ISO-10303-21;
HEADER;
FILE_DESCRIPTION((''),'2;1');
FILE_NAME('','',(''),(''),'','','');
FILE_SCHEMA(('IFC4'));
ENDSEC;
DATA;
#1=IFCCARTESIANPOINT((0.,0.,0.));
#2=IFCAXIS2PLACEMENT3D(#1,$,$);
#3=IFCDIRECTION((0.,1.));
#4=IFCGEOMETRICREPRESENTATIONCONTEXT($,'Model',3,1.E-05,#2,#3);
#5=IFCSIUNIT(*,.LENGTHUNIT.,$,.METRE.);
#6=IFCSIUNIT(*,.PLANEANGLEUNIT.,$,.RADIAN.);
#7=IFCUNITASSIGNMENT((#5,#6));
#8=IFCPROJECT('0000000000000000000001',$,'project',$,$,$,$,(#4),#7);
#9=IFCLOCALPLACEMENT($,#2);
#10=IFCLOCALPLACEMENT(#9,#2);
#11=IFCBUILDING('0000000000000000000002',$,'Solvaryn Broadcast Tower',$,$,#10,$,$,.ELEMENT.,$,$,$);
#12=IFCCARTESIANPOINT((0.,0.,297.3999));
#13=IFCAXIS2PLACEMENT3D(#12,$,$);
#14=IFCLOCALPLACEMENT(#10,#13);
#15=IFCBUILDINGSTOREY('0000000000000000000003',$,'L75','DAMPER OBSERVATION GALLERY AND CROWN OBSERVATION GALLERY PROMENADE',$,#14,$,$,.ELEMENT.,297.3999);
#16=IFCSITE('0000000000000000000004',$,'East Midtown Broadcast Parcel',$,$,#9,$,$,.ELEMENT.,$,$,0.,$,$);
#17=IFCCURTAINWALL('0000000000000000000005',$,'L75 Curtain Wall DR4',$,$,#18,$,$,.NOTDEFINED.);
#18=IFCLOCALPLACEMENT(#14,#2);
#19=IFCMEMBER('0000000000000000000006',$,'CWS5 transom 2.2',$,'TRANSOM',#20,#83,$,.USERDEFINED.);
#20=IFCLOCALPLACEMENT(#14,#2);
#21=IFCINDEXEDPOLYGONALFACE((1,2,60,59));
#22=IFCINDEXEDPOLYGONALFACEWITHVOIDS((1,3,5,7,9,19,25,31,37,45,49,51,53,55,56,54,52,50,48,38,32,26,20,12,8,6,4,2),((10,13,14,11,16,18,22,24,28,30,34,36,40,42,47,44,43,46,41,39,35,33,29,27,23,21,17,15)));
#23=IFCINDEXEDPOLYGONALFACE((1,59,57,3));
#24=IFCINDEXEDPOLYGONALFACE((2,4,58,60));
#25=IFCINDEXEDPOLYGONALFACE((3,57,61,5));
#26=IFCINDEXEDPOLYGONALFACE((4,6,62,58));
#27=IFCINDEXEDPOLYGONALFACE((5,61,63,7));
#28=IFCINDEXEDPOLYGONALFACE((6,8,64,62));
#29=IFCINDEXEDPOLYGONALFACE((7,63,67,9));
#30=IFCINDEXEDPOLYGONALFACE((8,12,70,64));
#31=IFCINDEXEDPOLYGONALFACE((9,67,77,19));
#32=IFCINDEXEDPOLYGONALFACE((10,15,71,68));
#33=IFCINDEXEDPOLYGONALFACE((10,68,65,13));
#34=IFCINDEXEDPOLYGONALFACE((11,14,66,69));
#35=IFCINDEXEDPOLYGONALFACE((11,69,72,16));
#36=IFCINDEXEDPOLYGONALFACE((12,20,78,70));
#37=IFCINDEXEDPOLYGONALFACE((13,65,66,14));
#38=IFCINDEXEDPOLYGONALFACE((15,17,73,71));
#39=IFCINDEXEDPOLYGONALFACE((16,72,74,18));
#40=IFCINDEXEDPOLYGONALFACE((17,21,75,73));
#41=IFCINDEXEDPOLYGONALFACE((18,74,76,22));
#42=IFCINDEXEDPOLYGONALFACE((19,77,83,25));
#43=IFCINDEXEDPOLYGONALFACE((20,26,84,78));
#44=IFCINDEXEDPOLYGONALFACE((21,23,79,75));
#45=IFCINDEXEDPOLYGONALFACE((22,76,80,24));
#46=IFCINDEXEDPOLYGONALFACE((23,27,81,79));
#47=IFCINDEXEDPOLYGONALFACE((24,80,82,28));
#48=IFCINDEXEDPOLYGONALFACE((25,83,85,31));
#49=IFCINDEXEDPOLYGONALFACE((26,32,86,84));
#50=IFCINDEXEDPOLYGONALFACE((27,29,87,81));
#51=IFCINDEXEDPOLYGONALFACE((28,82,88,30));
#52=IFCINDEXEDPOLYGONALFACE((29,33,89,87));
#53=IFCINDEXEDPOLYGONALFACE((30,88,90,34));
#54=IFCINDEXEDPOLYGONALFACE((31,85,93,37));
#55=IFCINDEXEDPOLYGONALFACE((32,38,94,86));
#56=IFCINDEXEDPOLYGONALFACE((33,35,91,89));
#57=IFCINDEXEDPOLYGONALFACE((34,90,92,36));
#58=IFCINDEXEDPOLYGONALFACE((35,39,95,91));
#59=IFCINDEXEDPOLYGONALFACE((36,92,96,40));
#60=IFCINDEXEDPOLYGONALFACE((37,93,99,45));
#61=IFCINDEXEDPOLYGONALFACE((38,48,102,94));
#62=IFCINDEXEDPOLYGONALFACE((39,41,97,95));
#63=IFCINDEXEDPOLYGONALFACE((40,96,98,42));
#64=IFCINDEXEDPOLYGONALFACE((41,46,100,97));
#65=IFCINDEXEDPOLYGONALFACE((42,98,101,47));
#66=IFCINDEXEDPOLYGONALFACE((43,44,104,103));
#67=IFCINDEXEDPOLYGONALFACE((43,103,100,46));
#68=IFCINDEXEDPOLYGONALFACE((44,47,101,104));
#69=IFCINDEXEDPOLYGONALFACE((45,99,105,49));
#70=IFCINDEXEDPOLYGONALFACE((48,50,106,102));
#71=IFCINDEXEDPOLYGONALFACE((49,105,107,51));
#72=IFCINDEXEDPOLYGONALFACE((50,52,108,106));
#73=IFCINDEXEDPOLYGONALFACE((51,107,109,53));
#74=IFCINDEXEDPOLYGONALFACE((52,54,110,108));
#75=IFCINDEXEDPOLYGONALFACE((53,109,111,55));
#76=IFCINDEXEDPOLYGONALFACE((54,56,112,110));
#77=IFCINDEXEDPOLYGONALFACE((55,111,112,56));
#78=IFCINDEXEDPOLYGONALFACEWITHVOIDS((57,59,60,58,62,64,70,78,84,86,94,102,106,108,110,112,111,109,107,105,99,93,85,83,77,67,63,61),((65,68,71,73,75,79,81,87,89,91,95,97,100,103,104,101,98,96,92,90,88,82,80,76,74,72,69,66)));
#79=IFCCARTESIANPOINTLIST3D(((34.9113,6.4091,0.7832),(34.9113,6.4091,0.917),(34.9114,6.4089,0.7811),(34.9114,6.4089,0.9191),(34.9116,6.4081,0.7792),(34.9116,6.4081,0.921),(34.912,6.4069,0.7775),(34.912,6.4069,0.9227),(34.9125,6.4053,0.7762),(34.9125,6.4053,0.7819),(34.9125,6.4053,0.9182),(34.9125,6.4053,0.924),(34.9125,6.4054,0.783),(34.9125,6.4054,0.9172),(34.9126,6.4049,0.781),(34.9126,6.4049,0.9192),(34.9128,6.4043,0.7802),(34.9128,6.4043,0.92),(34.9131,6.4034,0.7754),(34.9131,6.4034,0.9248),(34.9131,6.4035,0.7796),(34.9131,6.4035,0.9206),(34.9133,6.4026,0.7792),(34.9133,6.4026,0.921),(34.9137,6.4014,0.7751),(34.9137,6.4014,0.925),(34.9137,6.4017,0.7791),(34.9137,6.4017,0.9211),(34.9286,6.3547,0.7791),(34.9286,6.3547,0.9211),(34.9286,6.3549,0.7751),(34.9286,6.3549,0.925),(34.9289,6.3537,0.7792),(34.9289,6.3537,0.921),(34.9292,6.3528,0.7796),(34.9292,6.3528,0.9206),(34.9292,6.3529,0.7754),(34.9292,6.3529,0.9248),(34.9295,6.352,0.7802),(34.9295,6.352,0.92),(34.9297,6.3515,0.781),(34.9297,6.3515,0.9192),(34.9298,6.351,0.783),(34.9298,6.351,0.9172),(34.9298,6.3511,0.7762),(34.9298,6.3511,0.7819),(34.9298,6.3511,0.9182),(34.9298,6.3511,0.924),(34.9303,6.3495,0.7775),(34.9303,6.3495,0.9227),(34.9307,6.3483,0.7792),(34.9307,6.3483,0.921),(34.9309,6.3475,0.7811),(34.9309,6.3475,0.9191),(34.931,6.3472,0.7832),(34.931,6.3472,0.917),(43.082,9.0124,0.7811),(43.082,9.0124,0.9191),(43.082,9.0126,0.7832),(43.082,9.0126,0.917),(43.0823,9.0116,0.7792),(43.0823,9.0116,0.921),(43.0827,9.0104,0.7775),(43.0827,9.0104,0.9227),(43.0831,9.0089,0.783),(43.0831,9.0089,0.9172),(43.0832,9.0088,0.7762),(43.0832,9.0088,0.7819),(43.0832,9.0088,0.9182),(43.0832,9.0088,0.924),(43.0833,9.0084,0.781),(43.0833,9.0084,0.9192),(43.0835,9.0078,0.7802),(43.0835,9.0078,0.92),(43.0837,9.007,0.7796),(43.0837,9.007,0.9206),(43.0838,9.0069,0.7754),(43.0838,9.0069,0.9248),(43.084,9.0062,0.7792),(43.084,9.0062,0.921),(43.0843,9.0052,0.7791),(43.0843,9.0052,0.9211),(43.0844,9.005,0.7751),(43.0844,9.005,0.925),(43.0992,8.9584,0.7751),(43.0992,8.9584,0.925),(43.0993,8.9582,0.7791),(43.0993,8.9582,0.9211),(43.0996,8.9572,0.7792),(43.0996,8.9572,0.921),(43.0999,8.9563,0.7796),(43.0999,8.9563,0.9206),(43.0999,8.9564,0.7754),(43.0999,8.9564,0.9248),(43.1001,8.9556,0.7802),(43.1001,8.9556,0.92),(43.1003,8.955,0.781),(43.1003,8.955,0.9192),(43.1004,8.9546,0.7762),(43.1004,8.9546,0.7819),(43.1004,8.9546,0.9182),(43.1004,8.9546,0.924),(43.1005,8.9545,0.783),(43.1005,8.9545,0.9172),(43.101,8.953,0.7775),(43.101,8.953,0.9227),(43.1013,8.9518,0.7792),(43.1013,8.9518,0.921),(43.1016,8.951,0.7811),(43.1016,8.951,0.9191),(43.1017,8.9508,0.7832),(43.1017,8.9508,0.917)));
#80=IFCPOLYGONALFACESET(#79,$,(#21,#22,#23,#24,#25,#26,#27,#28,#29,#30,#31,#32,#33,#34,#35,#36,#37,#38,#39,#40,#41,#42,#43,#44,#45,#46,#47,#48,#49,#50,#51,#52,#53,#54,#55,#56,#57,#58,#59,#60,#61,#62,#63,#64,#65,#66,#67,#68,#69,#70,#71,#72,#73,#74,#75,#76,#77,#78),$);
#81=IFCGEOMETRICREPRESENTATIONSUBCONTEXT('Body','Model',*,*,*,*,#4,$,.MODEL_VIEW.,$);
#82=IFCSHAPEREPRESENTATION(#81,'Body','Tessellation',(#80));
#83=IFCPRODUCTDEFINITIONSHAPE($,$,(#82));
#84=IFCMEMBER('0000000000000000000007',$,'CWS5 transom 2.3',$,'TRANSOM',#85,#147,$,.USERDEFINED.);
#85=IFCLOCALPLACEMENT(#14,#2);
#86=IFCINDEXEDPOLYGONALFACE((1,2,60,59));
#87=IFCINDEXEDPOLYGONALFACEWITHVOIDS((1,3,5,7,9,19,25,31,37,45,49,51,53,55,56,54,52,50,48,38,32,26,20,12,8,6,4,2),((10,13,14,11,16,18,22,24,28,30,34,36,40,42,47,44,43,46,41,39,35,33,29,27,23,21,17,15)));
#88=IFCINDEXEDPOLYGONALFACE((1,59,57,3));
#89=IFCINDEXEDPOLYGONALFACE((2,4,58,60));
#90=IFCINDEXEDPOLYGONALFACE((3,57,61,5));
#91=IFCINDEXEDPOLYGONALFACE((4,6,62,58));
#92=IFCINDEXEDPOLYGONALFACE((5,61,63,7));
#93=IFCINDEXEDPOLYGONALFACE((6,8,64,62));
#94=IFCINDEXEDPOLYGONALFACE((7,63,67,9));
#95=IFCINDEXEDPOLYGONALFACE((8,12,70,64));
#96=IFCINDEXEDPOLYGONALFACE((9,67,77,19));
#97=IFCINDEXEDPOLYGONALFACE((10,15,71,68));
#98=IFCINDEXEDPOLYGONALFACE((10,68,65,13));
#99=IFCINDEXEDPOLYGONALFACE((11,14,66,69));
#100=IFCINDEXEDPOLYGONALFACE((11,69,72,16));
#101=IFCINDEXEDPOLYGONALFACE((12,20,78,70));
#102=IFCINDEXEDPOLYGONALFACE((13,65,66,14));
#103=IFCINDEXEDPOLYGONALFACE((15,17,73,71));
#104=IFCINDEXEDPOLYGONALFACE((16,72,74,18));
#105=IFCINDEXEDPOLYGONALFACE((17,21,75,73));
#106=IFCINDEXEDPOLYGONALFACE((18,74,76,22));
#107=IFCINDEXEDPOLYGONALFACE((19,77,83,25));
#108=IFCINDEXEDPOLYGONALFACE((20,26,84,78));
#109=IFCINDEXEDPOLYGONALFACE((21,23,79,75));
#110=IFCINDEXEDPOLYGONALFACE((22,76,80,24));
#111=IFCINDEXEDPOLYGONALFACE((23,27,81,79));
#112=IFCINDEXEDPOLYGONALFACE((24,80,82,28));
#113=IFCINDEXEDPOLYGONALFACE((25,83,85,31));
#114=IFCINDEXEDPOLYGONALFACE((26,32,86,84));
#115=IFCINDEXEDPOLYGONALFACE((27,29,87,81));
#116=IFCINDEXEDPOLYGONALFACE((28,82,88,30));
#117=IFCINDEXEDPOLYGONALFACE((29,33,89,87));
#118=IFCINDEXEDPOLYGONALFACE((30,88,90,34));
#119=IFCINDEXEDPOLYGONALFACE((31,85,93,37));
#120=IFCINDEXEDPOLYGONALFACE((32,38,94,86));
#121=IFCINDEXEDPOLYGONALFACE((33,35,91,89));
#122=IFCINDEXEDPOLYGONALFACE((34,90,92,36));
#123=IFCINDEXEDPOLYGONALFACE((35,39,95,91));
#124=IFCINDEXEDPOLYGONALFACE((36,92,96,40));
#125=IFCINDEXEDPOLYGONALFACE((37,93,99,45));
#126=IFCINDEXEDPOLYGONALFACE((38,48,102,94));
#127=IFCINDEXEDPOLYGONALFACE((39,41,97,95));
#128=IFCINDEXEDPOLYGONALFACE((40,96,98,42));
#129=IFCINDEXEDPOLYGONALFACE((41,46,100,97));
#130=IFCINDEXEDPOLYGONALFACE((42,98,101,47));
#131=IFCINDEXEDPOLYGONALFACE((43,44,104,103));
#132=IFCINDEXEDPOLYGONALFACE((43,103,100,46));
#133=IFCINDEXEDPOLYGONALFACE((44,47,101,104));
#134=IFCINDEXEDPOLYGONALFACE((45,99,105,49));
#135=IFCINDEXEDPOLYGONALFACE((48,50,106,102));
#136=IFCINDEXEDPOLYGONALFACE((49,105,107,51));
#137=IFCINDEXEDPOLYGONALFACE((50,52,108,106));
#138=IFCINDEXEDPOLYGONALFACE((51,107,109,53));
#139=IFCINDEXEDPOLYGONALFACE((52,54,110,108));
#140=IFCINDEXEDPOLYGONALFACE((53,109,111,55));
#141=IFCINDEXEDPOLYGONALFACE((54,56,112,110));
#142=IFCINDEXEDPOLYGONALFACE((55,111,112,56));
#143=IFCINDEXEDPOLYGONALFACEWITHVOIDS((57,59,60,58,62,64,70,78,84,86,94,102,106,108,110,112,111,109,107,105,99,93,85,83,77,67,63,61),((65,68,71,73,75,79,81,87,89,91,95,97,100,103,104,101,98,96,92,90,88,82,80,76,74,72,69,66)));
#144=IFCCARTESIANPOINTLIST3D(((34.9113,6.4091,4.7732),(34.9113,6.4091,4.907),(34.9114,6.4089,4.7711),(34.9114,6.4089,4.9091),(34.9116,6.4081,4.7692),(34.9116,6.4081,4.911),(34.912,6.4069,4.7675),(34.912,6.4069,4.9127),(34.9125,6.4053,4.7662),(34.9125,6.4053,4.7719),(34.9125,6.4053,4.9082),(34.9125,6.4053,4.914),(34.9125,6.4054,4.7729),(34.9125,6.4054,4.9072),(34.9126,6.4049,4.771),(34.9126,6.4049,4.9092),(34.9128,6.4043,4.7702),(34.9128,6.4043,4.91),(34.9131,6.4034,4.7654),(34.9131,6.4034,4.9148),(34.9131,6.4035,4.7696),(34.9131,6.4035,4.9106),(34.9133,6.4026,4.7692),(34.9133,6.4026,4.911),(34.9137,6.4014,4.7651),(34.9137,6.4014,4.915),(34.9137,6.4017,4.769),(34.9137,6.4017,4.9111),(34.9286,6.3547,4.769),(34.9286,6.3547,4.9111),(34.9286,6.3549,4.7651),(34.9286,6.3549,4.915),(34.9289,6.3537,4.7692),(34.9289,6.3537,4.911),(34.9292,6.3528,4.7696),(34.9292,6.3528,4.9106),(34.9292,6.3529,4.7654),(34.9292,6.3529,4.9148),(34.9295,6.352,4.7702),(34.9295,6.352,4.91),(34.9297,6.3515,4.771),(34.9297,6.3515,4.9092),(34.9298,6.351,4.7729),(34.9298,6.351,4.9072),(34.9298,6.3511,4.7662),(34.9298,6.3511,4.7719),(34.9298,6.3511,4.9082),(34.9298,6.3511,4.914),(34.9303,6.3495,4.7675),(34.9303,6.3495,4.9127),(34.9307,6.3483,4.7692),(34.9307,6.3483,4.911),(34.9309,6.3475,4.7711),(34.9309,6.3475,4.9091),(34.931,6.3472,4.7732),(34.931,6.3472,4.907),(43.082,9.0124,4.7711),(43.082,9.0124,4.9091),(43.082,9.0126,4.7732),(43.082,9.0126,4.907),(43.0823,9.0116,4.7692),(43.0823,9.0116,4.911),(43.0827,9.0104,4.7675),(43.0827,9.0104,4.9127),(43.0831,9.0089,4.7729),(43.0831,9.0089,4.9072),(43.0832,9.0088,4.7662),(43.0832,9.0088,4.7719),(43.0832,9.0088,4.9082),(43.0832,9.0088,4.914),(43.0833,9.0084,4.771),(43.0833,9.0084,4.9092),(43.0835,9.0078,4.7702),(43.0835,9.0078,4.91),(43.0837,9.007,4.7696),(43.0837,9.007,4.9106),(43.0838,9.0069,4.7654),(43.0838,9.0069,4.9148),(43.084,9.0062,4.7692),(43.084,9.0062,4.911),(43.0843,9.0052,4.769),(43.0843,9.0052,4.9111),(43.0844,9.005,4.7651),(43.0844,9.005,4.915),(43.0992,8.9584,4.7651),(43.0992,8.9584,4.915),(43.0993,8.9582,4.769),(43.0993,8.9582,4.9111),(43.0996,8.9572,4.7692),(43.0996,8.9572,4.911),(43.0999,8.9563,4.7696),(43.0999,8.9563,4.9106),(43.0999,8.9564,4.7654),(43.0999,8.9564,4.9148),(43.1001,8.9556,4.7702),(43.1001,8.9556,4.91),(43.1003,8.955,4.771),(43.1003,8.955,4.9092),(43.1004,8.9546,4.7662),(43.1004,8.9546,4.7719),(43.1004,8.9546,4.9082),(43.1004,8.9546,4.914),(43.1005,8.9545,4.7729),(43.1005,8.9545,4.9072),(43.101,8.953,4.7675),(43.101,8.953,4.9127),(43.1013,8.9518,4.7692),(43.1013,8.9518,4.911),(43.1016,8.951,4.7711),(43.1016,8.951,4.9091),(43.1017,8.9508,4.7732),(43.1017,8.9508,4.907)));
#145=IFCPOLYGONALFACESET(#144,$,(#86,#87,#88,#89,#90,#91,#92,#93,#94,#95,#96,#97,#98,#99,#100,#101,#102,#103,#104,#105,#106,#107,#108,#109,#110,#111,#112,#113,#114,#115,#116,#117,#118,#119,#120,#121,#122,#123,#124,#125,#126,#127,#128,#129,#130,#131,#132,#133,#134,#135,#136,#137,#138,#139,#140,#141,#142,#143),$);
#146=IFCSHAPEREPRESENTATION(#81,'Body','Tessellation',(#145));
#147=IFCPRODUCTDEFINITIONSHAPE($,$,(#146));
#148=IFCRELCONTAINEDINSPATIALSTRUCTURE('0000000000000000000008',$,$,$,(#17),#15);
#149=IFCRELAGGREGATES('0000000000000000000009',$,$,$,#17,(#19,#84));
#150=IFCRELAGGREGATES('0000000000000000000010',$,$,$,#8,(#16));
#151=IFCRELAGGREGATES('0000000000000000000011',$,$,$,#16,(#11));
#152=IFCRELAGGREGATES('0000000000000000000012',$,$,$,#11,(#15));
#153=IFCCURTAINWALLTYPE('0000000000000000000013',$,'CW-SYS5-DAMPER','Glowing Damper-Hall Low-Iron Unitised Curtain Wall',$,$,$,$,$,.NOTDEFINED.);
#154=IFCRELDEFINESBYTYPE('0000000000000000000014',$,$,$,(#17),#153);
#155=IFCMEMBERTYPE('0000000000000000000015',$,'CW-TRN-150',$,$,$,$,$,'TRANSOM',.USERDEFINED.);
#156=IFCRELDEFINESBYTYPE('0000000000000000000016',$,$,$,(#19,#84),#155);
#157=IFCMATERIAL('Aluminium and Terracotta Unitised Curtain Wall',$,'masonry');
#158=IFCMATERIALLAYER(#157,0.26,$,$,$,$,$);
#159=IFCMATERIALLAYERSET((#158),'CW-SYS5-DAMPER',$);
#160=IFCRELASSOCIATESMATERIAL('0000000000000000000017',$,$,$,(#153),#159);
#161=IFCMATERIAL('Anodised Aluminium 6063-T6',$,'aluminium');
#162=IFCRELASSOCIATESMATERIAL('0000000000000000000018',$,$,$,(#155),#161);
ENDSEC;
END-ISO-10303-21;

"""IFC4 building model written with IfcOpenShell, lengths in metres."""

from ifc_helpers import new_model, si_unit, direction, frame, origin, origin_2d, place, context, subcontext, project, spatial, hollow_rectangle, extrude, material, layer, layer_set, material_profile, profile_set, type_object, element, aggregate, save


model = new_model("IFC4")

# Units and contexts
model_context = context("Model", 3, precision=1e-05, world=origin(), true_north=direction((0.0, 1.0)))
body_context = subcontext(model_context, "Body", "Model", "MODEL_VIEW")
ifc_project = project(units=[si_unit("LENGTHUNIT", "METRE"), si_unit("PLANEANGLEUNIT", "RADIAN")], contexts=[model_context])

# Site, building, storey
site_placement = place(None, origin())
site = spatial("IfcSite", under=ifc_project, at=site_placement, Name="East Midtown Broadcast Parcel", CompositionType="ELEMENT", RefElevation=0.0)
building_placement = place(site_placement, origin())
building = spatial("IfcBuilding", under=site, at=building_placement, Name="Solvaryn Broadcast Tower", CompositionType="ELEMENT")
storey_placement = place(building_placement, frame((0.0, 0.0, 297.3999)))
storey = spatial("IfcBuildingStorey", under=building, at=storey_placement, Name="L75", Description="DAMPER OBSERVATION GALLERY AND CROWN OBSERVATION GALLERY PROMENADE", CompositionType="ELEMENT", Elevation=297.3999)

# Curtain wall
ifc_material_1 = material(Name="Aluminium and Terracotta Unitised Curtain Wall", Category="masonry")
ifc_layer_1 = layer(ifc_material_1, 0.26)
ifc_layer_set_1 = layer_set([ifc_layer_1], Name="CW-SYS5-DAMPER")
curtain_wall_type = type_object("IfcCurtainWallType", Name="CW-SYS5-DAMPER", Description="Glowing Damper-Hall Low-Iron Unitised Curtain Wall", PredefinedType="NOTDEFINED", material=ifc_layer_set_1)
curtain_wall_1_placement = place(storey_placement, origin())
curtain_wall_1 = element("IfcCurtainWall", 1, at=curtain_wall_1_placement, inside=storey, type_object=curtain_wall_type, Name="L75 Curtain Wall DR4", PredefinedType="NOTDEFINED")

# Members
ifc_material_2 = material(Name="Anodised Aluminium 6063-T6", Category="aluminium")
ifc_material_profile_1 = material_profile(ifc_material_2, hollow_rectangle(XDim=0.0649, YDim=0.1499, WallThickness=0.0039, InnerFilletRadius=0.0039, OuterFilletRadius=0.0081, at=origin_2d()))
ifc_profile_set_1 = profile_set([ifc_material_profile_1], Name="Anodised Aluminium 6063-T6")
member_type_1 = type_object("IfcMemberType", Name="CW-TRN-150", ElementType="TRANSOM", PredefinedType="USERDEFINED", material=ifc_profile_set_1)
member_1_placement = place(storey_placement, frame((34.9211, 6.3782, 0.8501), z_axis=(0.952799, 0.303602, 0.0), x_axis=(-0.303602, 0.952799, 0.0)))
member_1 = element("IfcMember", 2, at=member_1_placement, type_object=member_type_1, Name="CWS5 transom 2.2", ObjectType="TRANSOM", PredefinedType="USERDEFINED", context=body_context, shape_type="SweptSolid", body=[
    extrude(hollow_rectangle(XDim=0.0649, YDim=0.1499, WallThickness=0.0039, InnerFilletRadius=0.0039, OuterFilletRadius=0.0081, at=origin_2d()), origin(), (0.0, 0.0, 1.0), 8.5754),
])
member_2_placement = place(storey_placement, frame((34.9211, 6.3782, 4.8401), z_axis=(0.952799, 0.303602, 0.0), x_axis=(-0.303602, 0.952799, 0.0)))
member_2 = element("IfcMember", 3, at=member_2_placement, type_object=member_type_1, Name="CWS5 transom 2.3", ObjectType="TRANSOM", PredefinedType="USERDEFINED", context=body_context, shape_type="SweptSolid", body=[
    extrude(hollow_rectangle(XDim=0.0649, YDim=0.1499, WallThickness=0.0039, InnerFilletRadius=0.0039, OuterFilletRadius=0.0081, at=origin_2d()), origin(), (0.0, 0.0, 1.0), 8.5754),
])

aggregate(curtain_wall_1, [member_1, member_2])

save(model, "model.ifc")
